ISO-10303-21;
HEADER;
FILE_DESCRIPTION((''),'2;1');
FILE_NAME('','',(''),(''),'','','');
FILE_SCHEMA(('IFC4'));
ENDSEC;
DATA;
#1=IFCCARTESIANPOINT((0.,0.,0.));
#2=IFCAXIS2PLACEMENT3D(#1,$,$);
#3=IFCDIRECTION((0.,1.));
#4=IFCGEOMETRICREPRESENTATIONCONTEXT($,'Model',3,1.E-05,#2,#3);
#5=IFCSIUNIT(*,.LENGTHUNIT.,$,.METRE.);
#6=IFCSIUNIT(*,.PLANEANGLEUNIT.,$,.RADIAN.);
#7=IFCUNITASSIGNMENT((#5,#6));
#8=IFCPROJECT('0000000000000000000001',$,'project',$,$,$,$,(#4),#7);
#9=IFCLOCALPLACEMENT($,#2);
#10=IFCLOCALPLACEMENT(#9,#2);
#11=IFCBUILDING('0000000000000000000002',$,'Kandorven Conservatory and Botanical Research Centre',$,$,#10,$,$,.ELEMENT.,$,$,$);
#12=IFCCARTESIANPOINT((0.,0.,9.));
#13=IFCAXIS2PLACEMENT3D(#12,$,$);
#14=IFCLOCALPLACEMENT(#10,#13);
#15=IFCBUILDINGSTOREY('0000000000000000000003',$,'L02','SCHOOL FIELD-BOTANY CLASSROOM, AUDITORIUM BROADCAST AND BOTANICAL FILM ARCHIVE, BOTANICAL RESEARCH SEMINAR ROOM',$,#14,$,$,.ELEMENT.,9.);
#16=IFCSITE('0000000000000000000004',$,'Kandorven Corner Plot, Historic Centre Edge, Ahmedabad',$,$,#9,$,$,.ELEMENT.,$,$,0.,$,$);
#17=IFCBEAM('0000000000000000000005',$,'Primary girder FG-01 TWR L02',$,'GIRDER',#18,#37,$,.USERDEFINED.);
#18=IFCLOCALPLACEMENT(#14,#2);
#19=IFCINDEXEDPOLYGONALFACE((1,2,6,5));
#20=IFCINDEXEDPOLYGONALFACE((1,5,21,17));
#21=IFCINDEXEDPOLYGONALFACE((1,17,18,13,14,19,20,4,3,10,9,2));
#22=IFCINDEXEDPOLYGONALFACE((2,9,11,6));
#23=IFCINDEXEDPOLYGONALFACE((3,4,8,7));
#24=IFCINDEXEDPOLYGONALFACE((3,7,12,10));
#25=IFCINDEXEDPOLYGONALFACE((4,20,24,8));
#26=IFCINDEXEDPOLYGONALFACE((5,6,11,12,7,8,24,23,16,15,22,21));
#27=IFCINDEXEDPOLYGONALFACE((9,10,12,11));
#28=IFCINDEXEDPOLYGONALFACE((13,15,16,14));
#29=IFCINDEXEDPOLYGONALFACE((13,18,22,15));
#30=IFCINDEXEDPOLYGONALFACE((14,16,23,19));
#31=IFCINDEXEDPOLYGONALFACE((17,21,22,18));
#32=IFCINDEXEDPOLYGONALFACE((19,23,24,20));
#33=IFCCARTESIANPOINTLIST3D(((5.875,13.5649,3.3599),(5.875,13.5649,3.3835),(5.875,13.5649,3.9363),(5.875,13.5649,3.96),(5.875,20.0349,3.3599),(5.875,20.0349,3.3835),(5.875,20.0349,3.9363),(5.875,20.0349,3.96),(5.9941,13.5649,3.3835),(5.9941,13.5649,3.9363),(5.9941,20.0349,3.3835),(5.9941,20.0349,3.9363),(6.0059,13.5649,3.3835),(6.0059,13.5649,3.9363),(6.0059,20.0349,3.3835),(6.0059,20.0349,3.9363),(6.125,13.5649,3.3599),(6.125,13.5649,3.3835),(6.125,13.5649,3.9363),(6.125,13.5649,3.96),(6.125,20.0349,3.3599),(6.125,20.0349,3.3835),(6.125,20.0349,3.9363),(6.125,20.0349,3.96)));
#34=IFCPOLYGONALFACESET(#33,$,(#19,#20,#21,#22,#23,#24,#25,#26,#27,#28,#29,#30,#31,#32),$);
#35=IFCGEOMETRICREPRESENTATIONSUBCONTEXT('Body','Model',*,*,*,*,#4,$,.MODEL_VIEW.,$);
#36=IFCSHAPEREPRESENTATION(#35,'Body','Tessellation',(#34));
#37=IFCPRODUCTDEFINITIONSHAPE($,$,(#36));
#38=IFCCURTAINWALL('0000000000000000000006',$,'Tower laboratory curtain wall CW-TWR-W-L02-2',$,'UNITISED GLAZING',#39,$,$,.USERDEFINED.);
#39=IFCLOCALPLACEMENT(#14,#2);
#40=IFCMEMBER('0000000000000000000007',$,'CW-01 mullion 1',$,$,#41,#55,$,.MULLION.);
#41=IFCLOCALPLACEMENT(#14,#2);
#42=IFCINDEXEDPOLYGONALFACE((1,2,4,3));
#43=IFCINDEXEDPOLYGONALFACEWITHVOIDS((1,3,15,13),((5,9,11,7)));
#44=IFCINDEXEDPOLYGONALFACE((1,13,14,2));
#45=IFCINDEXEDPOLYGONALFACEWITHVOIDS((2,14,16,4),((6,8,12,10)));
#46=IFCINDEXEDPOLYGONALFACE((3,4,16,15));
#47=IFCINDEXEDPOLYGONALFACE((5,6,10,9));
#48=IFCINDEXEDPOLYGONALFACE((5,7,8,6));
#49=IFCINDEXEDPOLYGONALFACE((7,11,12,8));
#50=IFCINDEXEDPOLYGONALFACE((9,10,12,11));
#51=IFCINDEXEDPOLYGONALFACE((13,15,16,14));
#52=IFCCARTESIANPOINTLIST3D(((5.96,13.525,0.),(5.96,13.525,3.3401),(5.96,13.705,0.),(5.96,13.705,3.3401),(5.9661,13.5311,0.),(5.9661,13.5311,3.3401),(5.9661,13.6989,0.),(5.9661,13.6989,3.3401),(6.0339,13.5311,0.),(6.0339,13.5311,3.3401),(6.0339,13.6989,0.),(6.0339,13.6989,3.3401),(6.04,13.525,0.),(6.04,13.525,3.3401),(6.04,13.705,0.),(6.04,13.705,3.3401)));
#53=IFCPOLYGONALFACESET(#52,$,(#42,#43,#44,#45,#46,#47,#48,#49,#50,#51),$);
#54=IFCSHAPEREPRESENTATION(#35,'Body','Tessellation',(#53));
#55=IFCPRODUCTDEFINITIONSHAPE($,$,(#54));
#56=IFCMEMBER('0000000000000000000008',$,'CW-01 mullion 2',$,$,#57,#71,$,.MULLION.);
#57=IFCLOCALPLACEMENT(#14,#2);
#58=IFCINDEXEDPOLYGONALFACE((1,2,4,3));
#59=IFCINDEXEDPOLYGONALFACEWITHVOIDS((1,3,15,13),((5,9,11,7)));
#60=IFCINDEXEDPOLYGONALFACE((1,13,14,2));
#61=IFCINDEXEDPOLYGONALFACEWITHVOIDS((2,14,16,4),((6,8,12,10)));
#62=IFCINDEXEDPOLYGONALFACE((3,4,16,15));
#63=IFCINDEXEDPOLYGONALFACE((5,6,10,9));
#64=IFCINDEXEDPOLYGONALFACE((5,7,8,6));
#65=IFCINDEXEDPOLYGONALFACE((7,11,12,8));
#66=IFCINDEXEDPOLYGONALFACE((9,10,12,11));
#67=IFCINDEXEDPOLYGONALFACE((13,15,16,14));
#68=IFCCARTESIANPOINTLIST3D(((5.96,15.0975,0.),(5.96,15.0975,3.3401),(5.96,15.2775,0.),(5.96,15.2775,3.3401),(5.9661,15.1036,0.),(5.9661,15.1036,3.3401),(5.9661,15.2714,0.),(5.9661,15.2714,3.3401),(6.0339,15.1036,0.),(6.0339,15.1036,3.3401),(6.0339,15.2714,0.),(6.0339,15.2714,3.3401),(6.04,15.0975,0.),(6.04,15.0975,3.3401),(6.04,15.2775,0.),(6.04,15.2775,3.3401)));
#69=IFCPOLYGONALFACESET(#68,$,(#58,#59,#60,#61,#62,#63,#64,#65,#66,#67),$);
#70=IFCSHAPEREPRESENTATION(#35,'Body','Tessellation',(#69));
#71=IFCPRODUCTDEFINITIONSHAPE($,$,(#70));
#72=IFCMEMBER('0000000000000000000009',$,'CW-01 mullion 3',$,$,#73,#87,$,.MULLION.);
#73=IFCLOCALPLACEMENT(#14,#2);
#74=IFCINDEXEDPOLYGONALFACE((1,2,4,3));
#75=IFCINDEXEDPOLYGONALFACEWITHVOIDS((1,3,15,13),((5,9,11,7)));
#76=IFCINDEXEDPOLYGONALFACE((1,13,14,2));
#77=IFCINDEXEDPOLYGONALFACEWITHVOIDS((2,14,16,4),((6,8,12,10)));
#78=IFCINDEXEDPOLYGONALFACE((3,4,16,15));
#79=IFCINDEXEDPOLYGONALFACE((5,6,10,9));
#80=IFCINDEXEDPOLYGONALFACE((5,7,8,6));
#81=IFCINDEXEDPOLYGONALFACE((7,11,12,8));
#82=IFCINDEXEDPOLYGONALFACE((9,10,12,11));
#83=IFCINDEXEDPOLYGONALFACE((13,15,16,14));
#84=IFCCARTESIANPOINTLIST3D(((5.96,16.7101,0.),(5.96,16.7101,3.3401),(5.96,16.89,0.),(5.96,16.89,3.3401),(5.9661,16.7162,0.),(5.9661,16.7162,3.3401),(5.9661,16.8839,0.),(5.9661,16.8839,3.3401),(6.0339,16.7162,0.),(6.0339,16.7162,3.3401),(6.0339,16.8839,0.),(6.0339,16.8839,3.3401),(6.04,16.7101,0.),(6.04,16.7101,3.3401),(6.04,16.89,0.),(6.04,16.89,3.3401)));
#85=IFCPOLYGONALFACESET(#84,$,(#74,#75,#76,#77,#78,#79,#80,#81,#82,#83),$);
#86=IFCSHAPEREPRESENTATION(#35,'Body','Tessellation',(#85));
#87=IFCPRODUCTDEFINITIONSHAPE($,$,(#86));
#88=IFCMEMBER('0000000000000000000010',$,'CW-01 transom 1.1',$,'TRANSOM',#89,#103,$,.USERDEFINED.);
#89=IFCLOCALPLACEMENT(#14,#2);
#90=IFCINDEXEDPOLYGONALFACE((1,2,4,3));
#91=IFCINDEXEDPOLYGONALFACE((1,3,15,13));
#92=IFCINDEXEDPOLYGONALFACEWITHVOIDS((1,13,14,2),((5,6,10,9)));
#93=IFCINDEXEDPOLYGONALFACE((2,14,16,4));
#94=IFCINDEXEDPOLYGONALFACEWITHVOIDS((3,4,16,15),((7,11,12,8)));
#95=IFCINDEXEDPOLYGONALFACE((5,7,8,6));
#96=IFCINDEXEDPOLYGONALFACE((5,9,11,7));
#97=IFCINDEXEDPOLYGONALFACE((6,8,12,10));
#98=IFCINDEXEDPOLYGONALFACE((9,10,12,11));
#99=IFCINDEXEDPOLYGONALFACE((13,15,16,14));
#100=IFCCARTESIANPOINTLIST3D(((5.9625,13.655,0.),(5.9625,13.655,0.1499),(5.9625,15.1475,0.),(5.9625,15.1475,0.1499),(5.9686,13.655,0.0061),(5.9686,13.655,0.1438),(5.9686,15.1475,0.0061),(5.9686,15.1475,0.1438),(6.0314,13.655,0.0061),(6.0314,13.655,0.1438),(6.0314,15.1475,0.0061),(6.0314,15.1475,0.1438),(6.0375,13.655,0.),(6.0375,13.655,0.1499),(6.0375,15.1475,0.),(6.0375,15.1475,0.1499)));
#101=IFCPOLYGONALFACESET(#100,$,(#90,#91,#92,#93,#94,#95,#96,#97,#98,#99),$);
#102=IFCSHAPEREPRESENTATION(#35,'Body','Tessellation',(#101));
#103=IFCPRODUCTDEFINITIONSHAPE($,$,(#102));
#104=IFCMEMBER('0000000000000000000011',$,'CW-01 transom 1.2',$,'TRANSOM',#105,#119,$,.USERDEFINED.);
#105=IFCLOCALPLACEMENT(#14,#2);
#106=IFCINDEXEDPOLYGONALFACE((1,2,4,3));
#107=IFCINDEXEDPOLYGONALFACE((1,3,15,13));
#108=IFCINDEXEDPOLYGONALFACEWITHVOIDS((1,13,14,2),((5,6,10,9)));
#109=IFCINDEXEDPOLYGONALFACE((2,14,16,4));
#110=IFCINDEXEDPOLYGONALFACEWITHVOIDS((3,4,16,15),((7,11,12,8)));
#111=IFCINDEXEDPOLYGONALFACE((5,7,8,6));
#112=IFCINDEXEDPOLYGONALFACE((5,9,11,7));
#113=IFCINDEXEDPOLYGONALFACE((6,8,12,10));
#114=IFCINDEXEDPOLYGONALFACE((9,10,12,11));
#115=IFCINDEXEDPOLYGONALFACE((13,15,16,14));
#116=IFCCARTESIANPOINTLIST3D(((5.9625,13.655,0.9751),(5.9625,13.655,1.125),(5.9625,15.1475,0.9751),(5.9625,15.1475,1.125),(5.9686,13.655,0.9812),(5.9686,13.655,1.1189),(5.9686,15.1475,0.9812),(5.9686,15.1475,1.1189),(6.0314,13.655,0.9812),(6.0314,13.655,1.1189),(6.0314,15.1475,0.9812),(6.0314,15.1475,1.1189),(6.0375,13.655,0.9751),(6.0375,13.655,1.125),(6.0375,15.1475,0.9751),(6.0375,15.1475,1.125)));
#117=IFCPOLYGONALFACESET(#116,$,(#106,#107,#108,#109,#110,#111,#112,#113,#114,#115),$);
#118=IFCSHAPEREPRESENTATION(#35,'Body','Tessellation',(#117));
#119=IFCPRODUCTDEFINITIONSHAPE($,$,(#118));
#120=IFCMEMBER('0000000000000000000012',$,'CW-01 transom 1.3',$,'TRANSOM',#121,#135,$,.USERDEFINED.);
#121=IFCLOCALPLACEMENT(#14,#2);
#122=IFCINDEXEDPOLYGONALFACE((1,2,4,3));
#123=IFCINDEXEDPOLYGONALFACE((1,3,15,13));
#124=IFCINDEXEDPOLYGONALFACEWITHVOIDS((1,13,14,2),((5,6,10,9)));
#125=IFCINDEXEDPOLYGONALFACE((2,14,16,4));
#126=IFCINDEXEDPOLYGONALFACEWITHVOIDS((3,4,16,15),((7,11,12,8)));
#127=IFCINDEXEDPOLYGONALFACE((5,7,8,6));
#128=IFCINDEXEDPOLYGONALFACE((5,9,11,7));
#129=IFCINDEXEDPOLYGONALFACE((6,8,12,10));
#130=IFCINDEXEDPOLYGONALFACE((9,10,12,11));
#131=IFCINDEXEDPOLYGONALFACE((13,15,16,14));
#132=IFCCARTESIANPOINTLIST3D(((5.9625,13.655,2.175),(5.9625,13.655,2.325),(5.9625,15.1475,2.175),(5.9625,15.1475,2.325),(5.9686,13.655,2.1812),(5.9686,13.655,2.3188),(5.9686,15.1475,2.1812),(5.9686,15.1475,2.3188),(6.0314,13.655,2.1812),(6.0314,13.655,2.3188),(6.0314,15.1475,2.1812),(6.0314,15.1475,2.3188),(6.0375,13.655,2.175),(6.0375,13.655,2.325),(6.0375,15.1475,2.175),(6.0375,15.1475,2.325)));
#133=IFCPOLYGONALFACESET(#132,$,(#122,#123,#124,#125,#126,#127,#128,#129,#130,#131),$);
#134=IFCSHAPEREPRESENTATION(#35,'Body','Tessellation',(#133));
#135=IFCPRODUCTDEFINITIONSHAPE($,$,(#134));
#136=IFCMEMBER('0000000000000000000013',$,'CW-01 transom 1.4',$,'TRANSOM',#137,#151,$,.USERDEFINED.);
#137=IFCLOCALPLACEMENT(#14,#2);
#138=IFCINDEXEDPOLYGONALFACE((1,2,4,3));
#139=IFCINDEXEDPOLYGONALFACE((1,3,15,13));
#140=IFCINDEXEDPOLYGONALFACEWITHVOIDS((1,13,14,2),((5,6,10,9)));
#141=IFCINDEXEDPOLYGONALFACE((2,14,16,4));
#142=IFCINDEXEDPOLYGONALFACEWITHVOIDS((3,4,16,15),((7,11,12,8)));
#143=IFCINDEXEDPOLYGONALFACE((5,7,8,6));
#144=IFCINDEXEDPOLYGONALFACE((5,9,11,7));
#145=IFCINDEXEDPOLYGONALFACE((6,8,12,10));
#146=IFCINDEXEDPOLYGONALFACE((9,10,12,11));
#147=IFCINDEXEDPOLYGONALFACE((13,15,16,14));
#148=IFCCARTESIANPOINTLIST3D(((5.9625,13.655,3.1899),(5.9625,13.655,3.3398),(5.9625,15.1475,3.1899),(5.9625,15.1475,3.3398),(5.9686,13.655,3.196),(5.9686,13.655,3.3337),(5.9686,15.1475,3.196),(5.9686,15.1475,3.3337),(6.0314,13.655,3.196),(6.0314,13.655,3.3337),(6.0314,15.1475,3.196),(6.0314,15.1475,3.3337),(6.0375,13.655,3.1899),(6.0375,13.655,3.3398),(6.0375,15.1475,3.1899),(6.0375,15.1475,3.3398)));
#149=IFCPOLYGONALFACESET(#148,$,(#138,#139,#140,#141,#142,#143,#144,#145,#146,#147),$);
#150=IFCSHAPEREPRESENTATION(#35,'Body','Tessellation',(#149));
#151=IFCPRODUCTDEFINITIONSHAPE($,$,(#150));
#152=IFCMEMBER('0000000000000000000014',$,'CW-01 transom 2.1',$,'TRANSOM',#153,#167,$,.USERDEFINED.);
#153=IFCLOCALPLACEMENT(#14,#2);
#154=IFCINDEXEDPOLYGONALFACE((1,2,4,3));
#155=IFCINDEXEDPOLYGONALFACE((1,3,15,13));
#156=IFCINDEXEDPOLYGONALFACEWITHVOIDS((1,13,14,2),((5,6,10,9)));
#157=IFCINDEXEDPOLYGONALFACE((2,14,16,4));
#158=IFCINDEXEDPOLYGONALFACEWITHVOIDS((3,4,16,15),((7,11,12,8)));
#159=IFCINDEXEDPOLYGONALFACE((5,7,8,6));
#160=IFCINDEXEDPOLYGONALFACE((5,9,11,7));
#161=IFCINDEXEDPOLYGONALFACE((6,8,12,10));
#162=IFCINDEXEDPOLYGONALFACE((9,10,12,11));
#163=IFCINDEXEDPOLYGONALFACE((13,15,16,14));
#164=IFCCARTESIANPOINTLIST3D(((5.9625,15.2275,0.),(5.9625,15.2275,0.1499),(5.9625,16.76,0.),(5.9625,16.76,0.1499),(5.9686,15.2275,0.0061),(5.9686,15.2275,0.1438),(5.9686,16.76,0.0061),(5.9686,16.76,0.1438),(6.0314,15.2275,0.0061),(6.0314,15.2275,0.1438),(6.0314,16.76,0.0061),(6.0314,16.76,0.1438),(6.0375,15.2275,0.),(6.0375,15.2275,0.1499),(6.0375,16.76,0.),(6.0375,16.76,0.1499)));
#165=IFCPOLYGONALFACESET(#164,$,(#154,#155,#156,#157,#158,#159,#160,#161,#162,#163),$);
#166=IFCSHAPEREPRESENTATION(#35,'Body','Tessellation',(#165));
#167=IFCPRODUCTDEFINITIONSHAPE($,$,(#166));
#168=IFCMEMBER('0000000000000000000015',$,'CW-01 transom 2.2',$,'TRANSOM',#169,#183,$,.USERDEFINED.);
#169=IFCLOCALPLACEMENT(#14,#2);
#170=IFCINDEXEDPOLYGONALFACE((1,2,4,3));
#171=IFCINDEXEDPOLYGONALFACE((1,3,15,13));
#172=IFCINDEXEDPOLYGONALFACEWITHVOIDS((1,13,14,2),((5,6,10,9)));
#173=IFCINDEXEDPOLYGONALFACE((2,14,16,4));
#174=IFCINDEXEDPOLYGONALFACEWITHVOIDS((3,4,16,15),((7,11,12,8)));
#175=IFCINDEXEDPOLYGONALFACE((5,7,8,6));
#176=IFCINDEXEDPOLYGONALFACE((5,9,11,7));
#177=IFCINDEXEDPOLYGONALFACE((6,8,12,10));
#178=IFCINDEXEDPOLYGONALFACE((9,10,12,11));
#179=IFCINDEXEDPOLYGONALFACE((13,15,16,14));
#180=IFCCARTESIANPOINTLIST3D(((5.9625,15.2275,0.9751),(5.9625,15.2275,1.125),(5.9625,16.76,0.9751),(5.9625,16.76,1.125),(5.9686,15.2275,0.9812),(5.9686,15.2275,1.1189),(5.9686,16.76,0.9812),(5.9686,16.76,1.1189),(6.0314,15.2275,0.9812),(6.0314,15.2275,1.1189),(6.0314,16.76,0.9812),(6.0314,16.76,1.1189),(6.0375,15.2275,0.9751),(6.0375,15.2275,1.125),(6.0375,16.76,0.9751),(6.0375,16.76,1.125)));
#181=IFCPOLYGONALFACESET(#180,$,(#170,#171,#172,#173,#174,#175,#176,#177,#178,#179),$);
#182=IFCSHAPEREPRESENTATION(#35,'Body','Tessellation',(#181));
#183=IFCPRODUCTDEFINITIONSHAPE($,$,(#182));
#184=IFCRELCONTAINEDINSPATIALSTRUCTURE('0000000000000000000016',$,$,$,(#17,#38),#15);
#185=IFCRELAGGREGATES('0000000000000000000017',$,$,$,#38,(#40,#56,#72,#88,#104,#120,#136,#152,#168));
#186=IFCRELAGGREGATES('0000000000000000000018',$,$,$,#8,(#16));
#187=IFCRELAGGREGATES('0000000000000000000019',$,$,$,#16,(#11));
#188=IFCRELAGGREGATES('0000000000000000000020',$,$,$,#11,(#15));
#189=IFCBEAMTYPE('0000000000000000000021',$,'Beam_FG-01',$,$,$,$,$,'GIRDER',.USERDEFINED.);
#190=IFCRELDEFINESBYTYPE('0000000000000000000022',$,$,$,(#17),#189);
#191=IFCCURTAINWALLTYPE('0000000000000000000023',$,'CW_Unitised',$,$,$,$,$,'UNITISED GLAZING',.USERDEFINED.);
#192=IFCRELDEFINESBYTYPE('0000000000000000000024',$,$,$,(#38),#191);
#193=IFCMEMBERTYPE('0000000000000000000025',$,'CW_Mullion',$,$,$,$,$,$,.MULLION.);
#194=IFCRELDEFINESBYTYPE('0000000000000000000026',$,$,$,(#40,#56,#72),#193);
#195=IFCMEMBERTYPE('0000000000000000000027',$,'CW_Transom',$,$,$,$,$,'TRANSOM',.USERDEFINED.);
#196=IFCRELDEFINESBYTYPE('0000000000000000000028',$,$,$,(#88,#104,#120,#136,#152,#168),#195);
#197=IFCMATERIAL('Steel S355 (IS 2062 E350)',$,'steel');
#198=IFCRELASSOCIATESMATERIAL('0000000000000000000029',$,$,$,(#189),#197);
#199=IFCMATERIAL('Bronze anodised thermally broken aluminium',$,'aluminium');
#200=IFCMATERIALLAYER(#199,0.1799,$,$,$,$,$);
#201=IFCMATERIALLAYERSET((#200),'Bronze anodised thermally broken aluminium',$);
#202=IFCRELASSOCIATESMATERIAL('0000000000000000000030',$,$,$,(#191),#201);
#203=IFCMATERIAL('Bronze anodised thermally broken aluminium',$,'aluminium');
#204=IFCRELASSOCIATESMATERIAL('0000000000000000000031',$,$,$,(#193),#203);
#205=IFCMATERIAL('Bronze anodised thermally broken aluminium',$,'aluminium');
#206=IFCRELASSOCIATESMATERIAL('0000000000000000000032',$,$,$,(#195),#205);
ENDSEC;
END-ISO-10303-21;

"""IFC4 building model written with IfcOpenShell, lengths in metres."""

from ifc_helpers import new_model, si_unit, direction, frame, origin, origin_2d, place, context, subcontext, project, spatial, hollow_rectangle, i_section, extrude, material, layer, layer_set, material_profile, profile_set, type_object, element, aggregate, save


model = new_model("IFC4")

# Units and contexts
model_context = context("Model", 3, precision=1e-05, world=origin(), true_north=direction((0.0, 1.0)))
body_context = subcontext(model_context, "Body", "Model", "MODEL_VIEW")
ifc_project = project(units=[si_unit("LENGTHUNIT", "METRE"), si_unit("PLANEANGLEUNIT", "RADIAN")], contexts=[model_context])

# Site, building, storey
site_placement = place(None, origin())
site = spatial("IfcSite", under=ifc_project, at=site_placement, Name="Kandorven Corner Plot, Historic Centre Edge, Ahmedabad", CompositionType="ELEMENT", RefElevation=0.0)
building_placement = place(site_placement, origin())
building = spatial("IfcBuilding", under=site, at=building_placement, Name="Kandorven Conservatory and Botanical Research Centre", CompositionType="ELEMENT")
storey_placement = place(building_placement, frame((0.0, 0.0, 9.0)))
storey = spatial("IfcBuildingStorey", under=building, at=storey_placement, Name="L02", Description="SCHOOL FIELD-BOTANY CLASSROOM, AUDITORIUM BROADCAST AND BOTANICAL FILM ARCHIVE, BOTANICAL RESEARCH SEMINAR ROOM", CompositionType="ELEMENT", Elevation=9.0)

# Beam
ifc_material_1 = material(Name="Steel S355 (IS 2062 E350)", Category="steel")
ifc_material_profile_1 = material_profile(ifc_material_1, i_section(OverallWidth=0.25, OverallDepth=0.6001, WebThickness=0.0117, FlangeThickness=0.0237, at=origin_2d()))
ifc_profile_set_1 = profile_set([ifc_material_profile_1], Name="Steel S355 (IS 2062 E350)")
beam_type = type_object("IfcBeamType", Name="Beam_FG-01", ElementType="GIRDER", PredefinedType="USERDEFINED", material=ifc_profile_set_1)
beam_placement = place(storey_placement, frame((6.0, 13.5649, 3.6599), z_axis=(0.0, 1.0, 0.0), x_axis=(-1.0, 0.0, 0.0)))
element("IfcBeam", 1, at=beam_placement, inside=storey, type_object=beam_type, Name="Primary girder FG-01 TWR L02", ObjectType="GIRDER", PredefinedType="USERDEFINED", context=body_context, shape_type="SweptSolid", body=[
    extrude(i_section(OverallWidth=0.25, OverallDepth=0.6001, WebThickness=0.0117, FlangeThickness=0.0237, at=origin_2d()), origin(), (0.0, 0.0, 1.0), 6.47),
])

# Curtain wall, members
ifc_material_2 = material(Name="Bronze anodised thermally broken aluminium", Category="aluminium")
ifc_layer_1 = layer(ifc_material_2, 0.1799)
ifc_layer_set_1 = layer_set([ifc_layer_1], Name="Bronze anodised thermally broken aluminium")
curtain_wall_type = type_object("IfcCurtainWallType", Name="CW_Unitised", ElementType="UNITISED GLAZING", PredefinedType="USERDEFINED", material=ifc_layer_set_1)
curtain_wall_placement = place(storey_placement, origin())
curtain_wall = element("IfcCurtainWall", 2, at=curtain_wall_placement, inside=storey, type_object=curtain_wall_type, Name="Tower laboratory curtain wall CW-TWR-W-L02-2", ObjectType="UNITISED GLAZING", PredefinedType="USERDEFINED")
ifc_material_3 = material(Name="Bronze anodised thermally broken aluminium", Category="aluminium")
ifc_material_profile_2 = material_profile(ifc_material_3, hollow_rectangle(XDim=0.0801, YDim=0.1799, WallThickness=0.0061, at=origin_2d()))
ifc_profile_set_2 = profile_set([ifc_material_profile_2], Name="Bronze anodised thermally broken aluminium")
member_type_1 = type_object("IfcMemberType", Name="CW_Mullion", PredefinedType="MULLION", material=ifc_profile_set_2)
member_1_placement = place(storey_placement, frame((6.0, 13.615, 0.0), z_axis=(0.0, 0.0, 1.0), x_axis=(-1.0, 0.0, 0.0)))
member_1 = element("IfcMember", 3, at=member_1_placement, type_object=member_type_1, Name="CW-01 mullion 1", PredefinedType="MULLION", context=body_context, shape_type="SweptSolid", body=[
    extrude(hollow_rectangle(XDim=0.0801, YDim=0.1799, WallThickness=0.0061, at=origin_2d()), origin(), (0.0, 0.0, 1.0), 3.3401),
])
member_2_placement = place(storey_placement, frame((6.0, 15.1875, 0.0), z_axis=(0.0, 0.0, 1.0), x_axis=(-1.0, 0.0, 0.0)))
member_2 = element("IfcMember", 4, at=member_2_placement, type_object=member_type_1, Name="CW-01 mullion 2", PredefinedType="MULLION", context=body_context, shape_type="SweptSolid", body=[
    extrude(hollow_rectangle(XDim=0.0801, YDim=0.1799, WallThickness=0.0061, at=origin_2d()), origin(), (0.0, 0.0, 1.0), 3.3401),
])
member_3_placement = place(storey_placement, frame((6.0, 16.8, 0.0), z_axis=(0.0, 0.0, 1.0), x_axis=(-1.0, 0.0, 0.0)))
member_3 = element("IfcMember", 5, at=member_3_placement, type_object=member_type_1, Name="CW-01 mullion 3", PredefinedType="MULLION", context=body_context, shape_type="SweptSolid", body=[
    extrude(hollow_rectangle(XDim=0.0801, YDim=0.1799, WallThickness=0.0061, at=origin_2d()), origin(), (0.0, 0.0, 1.0), 3.3401),
])
ifc_material_4 = material(Name="Bronze anodised thermally broken aluminium", Category="aluminium")
ifc_material_profile_3 = material_profile(ifc_material_4, hollow_rectangle(XDim=0.075, YDim=0.1499, WallThickness=0.0061, at=origin_2d()))
ifc_profile_set_3 = profile_set([ifc_material_profile_3], Name="Bronze anodised thermally broken aluminium")
member_type_2 = type_object("IfcMemberType", Name="CW_Transom", ElementType="TRANSOM", PredefinedType="USERDEFINED", material=ifc_profile_set_3)
member_4_placement = place(storey_placement, frame((6.0, 13.655, 0.075), z_axis=(0.0, 1.0, 0.0), x_axis=(-1.0, 0.0, 0.0)))
member_4 = element("IfcMember", 6, at=member_4_placement, type_object=member_type_2, Name="CW-01 transom 1.1", ObjectType="TRANSOM", PredefinedType="USERDEFINED", context=body_context, shape_type="SweptSolid", body=[
    extrude(hollow_rectangle(XDim=0.075, YDim=0.1499, WallThickness=0.0061, at=origin_2d()), origin(), (0.0, 0.0, 1.0), 1.4924),
])
member_5_placement = place(storey_placement, frame((6.0, 13.655, 1.05), z_axis=(0.0, 1.0, 0.0), x_axis=(-1.0, 0.0, 0.0)))
member_5 = element("IfcMember", 7, at=member_5_placement, type_object=member_type_2, Name="CW-01 transom 1.2", ObjectType="TRANSOM", PredefinedType="USERDEFINED", context=body_context, shape_type="SweptSolid", body=[
    extrude(hollow_rectangle(XDim=0.075, YDim=0.1499, WallThickness=0.0061, at=origin_2d()), origin(), (0.0, 0.0, 1.0), 1.4924),
])
member_6_placement = place(storey_placement, frame((6.0, 13.655, 2.25), z_axis=(0.0, 1.0, 0.0), x_axis=(-1.0, 0.0, 0.0)))
member_6 = element("IfcMember", 8, at=member_6_placement, type_object=member_type_2, Name="CW-01 transom 1.3", ObjectType="TRANSOM", PredefinedType="USERDEFINED", context=body_context, shape_type="SweptSolid", body=[
    extrude(hollow_rectangle(XDim=0.075, YDim=0.1499, WallThickness=0.0061, at=origin_2d()), origin(), (0.0, 0.0, 1.0), 1.4924),
])
member_7_placement = place(storey_placement, frame((6.0, 13.655, 3.2649), z_axis=(0.0, 1.0, 0.0), x_axis=(-1.0, 0.0, 0.0)))
member_7 = element("IfcMember", 9, at=member_7_placement, type_object=member_type_2, Name="CW-01 transom 1.4", ObjectType="TRANSOM", PredefinedType="USERDEFINED", context=body_context, shape_type="SweptSolid", body=[
    extrude(hollow_rectangle(XDim=0.075, YDim=0.1499, WallThickness=0.0061, at=origin_2d()), origin(), (0.0, 0.0, 1.0), 1.4924),
])
member_8_placement = place(storey_placement, frame((6.0, 15.2275, 0.075), z_axis=(0.0, 1.0, 0.0), x_axis=(-1.0, 0.0, 0.0)))
member_8 = element("IfcMember", 10, at=member_8_placement, type_object=member_type_2, Name="CW-01 transom 2.1", ObjectType="TRANSOM", PredefinedType="USERDEFINED", context=body_context, shape_type="SweptSolid", body=[
    extrude(hollow_rectangle(XDim=0.075, YDim=0.1499, WallThickness=0.0061, at=origin_2d()), origin(), (0.0, 0.0, 1.0), 1.5325),
])
member_9_placement = place(storey_placement, frame((6.0, 15.2275, 1.05), z_axis=(0.0, 1.0, 0.0), x_axis=(-1.0, 0.0, 0.0)))
member_9 = element("IfcMember", 11, at=member_9_placement, type_object=member_type_2, Name="CW-01 transom 2.2", ObjectType="TRANSOM", PredefinedType="USERDEFINED", context=body_context, shape_type="SweptSolid", body=[
    extrude(hollow_rectangle(XDim=0.075, YDim=0.1499, WallThickness=0.0061, at=origin_2d()), origin(), (0.0, 0.0, 1.0), 1.5325),
])
aggregate(curtain_wall, [member_1, member_2, member_3, member_4, member_5, member_6, member_7, member_8, member_9])

save(model, "model.ifc")
